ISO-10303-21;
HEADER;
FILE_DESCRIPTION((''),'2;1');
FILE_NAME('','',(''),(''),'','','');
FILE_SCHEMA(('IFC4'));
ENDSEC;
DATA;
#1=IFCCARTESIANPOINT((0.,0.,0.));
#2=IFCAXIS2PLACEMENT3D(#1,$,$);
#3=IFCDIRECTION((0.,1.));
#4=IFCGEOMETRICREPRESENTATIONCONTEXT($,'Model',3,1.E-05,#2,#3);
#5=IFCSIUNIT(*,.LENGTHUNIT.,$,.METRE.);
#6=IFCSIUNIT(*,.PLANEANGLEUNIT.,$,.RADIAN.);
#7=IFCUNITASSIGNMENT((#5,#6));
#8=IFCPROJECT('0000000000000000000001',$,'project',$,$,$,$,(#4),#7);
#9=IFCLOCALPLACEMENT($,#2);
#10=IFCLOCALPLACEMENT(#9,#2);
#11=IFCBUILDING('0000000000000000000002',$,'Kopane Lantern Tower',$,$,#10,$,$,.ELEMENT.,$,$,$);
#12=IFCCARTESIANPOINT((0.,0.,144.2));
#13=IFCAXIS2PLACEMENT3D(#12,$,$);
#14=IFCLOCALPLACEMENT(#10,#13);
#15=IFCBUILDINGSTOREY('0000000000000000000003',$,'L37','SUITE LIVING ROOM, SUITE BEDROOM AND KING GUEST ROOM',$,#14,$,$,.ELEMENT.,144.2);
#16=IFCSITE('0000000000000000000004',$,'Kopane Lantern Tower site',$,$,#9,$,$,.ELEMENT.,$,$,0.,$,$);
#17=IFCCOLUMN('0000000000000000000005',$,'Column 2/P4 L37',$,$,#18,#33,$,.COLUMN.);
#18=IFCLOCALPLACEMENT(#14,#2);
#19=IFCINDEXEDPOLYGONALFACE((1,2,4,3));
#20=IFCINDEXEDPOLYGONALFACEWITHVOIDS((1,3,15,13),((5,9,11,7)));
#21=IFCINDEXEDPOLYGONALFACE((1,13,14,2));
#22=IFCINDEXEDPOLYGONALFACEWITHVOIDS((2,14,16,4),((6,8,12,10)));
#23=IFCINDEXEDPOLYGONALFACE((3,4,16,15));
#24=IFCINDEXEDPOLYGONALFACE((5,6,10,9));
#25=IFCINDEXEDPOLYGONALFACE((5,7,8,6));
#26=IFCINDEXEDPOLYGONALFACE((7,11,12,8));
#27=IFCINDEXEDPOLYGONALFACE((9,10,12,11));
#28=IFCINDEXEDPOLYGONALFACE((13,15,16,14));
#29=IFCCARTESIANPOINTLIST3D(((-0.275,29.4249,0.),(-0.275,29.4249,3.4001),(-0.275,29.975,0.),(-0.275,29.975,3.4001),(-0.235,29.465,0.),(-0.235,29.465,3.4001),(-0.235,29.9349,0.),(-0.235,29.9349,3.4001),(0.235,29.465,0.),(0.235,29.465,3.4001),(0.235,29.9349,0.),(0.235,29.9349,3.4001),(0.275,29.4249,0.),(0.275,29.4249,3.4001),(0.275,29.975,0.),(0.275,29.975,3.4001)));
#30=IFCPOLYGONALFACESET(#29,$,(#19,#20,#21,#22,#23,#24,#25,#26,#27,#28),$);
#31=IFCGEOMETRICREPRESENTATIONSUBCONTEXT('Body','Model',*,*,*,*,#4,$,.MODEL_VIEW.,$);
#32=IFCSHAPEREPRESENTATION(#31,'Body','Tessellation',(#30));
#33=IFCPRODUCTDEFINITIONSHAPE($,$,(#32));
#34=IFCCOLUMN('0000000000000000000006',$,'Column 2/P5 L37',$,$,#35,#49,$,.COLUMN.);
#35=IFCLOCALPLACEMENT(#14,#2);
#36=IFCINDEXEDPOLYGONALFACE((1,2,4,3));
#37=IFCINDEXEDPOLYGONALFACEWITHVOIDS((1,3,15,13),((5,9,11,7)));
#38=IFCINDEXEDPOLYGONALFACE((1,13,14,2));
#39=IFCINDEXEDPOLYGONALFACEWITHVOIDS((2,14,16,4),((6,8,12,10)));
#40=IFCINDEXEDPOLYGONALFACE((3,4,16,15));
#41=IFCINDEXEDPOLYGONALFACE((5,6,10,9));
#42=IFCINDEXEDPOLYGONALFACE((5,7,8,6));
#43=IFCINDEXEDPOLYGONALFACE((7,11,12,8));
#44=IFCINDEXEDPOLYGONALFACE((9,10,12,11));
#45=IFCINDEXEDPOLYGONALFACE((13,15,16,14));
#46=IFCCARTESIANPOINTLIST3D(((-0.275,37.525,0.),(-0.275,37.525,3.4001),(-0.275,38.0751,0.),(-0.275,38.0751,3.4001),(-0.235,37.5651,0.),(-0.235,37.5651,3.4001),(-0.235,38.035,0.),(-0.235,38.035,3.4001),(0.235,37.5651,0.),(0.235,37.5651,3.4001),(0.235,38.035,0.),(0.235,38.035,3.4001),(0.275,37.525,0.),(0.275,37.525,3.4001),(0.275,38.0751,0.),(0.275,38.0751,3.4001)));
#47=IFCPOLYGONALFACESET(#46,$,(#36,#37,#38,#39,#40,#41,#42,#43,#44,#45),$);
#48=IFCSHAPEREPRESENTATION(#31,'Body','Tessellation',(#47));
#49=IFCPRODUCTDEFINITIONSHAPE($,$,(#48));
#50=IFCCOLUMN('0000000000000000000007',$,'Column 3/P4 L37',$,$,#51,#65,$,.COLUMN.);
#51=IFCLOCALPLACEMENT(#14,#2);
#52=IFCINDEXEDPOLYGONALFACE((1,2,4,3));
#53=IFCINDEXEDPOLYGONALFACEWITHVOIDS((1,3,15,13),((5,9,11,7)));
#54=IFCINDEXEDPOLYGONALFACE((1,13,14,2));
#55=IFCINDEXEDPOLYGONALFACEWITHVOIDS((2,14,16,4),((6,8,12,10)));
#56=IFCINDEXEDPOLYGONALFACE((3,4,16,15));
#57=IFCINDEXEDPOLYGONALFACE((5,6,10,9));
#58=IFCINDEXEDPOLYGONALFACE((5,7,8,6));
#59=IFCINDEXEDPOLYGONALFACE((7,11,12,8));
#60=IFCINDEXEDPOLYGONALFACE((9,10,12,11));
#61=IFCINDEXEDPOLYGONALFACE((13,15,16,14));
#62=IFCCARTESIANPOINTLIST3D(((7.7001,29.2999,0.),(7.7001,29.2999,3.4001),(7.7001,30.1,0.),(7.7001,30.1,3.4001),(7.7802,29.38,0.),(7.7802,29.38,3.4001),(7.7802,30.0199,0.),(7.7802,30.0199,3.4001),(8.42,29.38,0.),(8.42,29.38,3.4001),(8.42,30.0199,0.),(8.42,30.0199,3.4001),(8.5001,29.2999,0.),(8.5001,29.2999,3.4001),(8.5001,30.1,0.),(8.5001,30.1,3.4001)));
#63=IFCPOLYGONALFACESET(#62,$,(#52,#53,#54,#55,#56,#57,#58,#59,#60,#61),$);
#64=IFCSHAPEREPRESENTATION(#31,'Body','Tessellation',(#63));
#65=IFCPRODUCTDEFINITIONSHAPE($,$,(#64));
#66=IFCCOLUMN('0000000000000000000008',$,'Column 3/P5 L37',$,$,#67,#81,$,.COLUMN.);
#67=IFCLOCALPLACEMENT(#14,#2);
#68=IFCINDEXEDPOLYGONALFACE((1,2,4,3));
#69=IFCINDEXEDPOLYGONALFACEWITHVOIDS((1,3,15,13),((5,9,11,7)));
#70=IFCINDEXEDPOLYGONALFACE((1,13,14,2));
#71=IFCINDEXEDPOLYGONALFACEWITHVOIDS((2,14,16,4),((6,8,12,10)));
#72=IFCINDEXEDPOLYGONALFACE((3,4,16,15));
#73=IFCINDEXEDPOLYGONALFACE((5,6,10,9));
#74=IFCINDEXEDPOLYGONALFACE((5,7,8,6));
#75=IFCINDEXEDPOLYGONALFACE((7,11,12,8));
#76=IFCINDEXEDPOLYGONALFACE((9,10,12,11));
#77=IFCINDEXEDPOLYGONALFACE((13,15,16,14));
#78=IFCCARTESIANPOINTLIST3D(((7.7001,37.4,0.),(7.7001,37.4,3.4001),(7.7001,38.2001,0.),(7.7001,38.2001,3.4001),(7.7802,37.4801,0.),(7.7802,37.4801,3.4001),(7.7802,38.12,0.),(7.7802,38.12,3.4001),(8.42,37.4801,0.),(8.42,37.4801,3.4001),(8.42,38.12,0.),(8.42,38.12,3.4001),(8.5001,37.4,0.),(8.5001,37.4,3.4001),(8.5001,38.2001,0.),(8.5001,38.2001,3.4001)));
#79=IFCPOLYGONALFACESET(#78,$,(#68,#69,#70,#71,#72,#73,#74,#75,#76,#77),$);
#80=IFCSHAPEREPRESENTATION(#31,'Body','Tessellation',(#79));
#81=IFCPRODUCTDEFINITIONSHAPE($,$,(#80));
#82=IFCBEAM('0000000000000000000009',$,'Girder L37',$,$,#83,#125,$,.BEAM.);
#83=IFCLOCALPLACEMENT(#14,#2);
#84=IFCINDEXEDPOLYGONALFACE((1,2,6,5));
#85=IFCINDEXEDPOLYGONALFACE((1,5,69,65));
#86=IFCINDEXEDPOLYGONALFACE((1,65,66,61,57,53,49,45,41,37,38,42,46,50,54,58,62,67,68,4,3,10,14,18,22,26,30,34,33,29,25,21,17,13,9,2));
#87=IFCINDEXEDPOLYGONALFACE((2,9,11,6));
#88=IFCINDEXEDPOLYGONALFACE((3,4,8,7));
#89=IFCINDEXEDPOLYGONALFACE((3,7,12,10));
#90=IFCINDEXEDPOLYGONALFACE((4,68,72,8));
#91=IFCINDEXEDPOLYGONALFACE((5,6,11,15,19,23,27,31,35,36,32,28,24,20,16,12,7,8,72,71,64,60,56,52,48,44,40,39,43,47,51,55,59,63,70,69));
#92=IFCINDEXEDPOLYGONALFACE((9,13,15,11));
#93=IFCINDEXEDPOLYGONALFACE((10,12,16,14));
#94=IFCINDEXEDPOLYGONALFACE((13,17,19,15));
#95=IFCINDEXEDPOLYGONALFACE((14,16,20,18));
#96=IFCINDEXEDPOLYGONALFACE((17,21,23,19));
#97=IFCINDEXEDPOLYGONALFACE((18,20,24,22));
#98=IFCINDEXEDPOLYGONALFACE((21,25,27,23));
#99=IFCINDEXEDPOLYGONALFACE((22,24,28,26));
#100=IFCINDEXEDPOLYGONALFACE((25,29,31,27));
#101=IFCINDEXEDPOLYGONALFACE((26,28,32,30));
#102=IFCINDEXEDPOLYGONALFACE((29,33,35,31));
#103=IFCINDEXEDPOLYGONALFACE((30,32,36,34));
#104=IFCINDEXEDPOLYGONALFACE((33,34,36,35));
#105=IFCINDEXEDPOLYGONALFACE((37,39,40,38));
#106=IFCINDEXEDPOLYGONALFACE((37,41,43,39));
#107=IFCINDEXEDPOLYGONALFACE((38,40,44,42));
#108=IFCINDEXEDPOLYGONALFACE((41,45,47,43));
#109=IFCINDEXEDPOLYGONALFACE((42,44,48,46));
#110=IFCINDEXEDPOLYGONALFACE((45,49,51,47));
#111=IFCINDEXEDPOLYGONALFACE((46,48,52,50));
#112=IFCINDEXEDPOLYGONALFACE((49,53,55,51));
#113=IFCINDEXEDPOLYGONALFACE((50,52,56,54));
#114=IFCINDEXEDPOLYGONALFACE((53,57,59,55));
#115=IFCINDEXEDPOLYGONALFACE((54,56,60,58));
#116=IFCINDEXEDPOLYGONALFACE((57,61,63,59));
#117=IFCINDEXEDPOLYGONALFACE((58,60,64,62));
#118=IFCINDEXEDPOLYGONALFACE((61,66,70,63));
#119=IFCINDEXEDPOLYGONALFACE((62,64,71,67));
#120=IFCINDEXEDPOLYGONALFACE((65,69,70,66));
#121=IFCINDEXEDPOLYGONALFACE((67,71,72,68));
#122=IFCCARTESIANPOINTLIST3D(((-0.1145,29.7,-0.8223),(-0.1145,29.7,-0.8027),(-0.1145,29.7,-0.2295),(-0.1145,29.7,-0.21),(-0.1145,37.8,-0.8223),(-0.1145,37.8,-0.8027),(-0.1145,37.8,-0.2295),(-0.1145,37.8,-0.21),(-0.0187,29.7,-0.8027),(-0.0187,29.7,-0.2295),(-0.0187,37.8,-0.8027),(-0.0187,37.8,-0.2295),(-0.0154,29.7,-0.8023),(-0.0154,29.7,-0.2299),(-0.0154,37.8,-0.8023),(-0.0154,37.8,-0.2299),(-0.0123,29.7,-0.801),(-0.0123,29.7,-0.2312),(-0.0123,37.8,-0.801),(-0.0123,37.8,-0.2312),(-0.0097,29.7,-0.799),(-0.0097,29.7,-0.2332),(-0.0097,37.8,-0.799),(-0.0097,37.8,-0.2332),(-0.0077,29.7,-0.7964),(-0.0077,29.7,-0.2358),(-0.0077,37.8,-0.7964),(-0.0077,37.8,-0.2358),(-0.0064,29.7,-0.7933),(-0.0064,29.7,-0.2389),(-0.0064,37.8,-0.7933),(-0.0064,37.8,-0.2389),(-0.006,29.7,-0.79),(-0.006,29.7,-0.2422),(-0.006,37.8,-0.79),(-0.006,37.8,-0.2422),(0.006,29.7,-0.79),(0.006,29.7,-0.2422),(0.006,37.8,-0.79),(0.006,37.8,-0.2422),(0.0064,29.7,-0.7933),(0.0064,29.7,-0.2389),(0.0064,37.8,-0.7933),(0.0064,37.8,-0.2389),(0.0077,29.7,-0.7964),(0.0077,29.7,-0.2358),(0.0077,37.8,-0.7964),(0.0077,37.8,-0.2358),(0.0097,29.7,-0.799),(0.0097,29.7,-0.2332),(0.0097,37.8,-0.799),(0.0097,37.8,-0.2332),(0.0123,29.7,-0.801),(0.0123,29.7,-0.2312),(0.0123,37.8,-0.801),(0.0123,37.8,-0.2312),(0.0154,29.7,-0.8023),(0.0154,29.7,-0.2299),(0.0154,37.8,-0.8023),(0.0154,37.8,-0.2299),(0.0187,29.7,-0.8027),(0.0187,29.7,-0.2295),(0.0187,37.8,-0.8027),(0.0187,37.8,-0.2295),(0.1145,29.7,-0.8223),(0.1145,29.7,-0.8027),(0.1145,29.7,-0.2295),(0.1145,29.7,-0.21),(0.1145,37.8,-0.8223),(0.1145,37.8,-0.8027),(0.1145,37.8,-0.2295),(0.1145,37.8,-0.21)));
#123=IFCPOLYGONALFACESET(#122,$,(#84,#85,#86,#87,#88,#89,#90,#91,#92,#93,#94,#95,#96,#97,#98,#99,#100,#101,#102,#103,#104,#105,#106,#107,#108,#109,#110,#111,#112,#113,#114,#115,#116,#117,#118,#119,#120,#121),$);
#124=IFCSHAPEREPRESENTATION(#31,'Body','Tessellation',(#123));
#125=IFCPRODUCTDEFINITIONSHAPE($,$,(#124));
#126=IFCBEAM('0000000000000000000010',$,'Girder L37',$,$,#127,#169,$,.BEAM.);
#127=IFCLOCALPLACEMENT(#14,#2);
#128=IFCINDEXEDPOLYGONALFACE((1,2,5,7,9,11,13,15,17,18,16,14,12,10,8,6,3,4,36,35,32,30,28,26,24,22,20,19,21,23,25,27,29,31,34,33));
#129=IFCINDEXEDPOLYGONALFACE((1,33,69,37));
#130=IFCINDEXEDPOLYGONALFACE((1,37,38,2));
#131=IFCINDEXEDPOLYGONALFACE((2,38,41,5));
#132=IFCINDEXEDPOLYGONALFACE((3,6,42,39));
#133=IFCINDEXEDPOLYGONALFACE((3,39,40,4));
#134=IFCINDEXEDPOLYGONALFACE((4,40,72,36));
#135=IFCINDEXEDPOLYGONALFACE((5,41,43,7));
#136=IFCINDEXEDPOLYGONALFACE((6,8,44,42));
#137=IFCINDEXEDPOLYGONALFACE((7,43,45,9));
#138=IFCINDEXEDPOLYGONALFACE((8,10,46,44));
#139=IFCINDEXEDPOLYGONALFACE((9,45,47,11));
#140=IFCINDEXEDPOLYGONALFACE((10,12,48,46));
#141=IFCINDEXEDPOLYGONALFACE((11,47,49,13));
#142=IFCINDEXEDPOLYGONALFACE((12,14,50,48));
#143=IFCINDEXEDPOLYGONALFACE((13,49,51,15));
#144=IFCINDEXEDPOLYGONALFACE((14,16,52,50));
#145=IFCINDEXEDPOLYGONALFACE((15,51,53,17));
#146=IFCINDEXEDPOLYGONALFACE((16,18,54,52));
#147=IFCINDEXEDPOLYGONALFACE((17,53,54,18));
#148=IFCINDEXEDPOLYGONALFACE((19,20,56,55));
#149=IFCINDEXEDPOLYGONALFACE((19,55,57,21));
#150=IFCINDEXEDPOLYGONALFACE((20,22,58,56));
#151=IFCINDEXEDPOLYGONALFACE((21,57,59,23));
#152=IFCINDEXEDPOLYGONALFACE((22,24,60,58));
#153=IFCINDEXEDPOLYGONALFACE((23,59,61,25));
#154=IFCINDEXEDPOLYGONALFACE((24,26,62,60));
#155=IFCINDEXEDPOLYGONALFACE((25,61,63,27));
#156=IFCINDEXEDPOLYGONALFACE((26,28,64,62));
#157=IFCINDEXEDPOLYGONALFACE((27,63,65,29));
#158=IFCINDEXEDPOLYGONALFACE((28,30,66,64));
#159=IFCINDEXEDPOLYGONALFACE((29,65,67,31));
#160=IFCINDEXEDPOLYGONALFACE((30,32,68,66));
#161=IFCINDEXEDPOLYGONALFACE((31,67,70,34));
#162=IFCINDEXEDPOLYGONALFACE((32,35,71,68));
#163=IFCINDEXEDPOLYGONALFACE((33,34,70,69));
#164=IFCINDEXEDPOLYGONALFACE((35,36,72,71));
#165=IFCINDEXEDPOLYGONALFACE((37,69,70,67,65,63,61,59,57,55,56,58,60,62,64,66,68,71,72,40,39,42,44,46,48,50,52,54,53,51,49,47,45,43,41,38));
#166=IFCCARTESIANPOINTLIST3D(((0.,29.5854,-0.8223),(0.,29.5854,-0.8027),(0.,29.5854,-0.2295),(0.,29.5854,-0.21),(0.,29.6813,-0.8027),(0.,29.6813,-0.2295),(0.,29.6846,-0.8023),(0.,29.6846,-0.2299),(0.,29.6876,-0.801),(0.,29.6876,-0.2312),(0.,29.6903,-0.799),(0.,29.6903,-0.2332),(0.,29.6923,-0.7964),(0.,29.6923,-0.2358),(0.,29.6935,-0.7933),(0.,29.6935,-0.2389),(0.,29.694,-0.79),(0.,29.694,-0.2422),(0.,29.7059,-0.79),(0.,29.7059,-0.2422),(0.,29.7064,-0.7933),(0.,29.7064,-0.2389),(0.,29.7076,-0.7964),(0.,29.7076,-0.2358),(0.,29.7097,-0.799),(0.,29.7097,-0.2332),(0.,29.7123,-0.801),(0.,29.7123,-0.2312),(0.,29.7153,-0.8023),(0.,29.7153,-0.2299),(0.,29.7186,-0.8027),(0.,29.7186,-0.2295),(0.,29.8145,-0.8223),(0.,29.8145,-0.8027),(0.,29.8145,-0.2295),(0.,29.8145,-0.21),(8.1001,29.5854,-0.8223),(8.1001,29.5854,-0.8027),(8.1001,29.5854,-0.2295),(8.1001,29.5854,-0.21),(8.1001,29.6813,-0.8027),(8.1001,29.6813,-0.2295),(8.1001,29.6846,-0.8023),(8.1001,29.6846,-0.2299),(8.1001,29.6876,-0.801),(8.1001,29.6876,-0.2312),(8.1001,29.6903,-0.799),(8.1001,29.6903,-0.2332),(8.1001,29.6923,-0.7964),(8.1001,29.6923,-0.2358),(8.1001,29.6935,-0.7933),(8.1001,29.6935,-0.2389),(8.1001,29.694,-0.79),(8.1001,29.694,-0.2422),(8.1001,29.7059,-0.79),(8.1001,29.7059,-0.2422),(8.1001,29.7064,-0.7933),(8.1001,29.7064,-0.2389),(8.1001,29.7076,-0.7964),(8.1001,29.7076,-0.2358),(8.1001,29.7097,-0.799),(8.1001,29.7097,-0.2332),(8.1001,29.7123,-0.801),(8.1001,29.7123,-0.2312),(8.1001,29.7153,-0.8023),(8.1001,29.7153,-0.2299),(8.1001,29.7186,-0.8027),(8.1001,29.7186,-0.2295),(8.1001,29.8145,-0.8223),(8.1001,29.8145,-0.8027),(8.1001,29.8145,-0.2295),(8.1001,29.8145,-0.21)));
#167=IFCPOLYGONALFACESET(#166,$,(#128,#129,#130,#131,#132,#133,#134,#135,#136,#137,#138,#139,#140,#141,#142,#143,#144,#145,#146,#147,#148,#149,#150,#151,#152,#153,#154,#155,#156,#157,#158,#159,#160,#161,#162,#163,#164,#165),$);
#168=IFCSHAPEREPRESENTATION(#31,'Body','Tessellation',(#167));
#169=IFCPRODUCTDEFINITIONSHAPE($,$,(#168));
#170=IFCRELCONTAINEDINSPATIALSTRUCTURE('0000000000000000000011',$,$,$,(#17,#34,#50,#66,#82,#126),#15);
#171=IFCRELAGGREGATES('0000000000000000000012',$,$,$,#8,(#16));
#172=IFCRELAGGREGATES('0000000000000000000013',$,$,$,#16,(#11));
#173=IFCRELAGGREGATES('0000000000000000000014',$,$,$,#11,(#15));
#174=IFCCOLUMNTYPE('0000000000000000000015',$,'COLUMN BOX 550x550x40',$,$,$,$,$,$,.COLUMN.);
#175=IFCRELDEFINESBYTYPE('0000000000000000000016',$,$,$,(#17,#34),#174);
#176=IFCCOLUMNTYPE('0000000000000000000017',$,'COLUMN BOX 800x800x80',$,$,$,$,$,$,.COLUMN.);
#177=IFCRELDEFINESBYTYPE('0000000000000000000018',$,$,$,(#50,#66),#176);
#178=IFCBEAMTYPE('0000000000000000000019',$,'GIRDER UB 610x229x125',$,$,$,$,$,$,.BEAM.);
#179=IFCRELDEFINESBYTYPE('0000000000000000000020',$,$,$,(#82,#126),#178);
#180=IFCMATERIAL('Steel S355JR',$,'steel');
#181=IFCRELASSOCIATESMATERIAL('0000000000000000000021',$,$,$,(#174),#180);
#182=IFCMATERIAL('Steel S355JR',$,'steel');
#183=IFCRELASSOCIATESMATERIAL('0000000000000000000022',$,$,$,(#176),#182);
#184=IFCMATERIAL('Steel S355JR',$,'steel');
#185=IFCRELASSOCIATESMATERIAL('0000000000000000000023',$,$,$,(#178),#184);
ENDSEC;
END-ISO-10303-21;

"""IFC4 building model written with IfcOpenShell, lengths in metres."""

from ifc_helpers import new_model, si_unit, direction, frame, origin, origin_2d, place, context, subcontext, project, spatial, hollow_rectangle, i_section, extrude, material, material_profile, profile_set, type_object, element, save


model = new_model("IFC4")

# Units and contexts
model_context = context("Model", 3, precision=1e-05, world=origin(), true_north=direction((0.0, 1.0)))
body_context = subcontext(model_context, "Body", "Model", "MODEL_VIEW")
ifc_project = project(units=[si_unit("LENGTHUNIT", "METRE"), si_unit("PLANEANGLEUNIT", "RADIAN")], contexts=[model_context])

# Site, building, storey
site_placement = place(None, origin())
site = spatial("IfcSite", under=ifc_project, at=site_placement, Name="Kopane Lantern Tower site", CompositionType="ELEMENT", RefElevation=0.0)
building_placement = place(site_placement, origin())
building = spatial("IfcBuilding", under=site, at=building_placement, Name="Kopane Lantern Tower", CompositionType="ELEMENT")
storey_placement = place(building_placement, frame((0.0, 0.0, 144.2)))
storey = spatial("IfcBuildingStorey", under=building, at=storey_placement, Name="L37", Description="SUITE LIVING ROOM, SUITE BEDROOM AND KING GUEST ROOM", CompositionType="ELEMENT", Elevation=144.2)

# Columns
ifc_material_1 = material(Name="Steel S355JR", Category="steel")
ifc_material_profile_1 = material_profile(ifc_material_1, hollow_rectangle(XDim=0.55, YDim=0.55, WallThickness=0.04, at=origin_2d()), Name="BOX 550x550x40")
ifc_profile_set_1 = profile_set([ifc_material_profile_1], Name="Steel S355JR")
column_type_1 = type_object("IfcColumnType", Name="COLUMN BOX 550x550x40", PredefinedType="COLUMN", material=ifc_profile_set_1)
for number, where, z_axis, x_axis, name in (
    (1, (0.0, 29.7, 0.0), (0.0, 0.0, 1.0), (1.0, 0.0, 0.0), "Column 2/P4 L37"),
    (2, (0.0, 37.8, 0.0), (0.0, 0.0, 1.0), (1.0, 0.0, 0.0), "Column 2/P5 L37"),
):
    element("IfcColumn", number, at=place(storey_placement, frame(where, z_axis=z_axis, x_axis=x_axis)), inside=storey, type_object=column_type_1, Name=name, PredefinedType="COLUMN", context=body_context, shape_type="SweptSolid", body=[
        extrude(hollow_rectangle(XDim=0.55, YDim=0.55, WallThickness=0.04, at=origin_2d()), origin(), (0.0, 0.0, 1.0), 3.4001),
    ])
ifc_material_2 = material(Name="Steel S355JR", Category="steel")
ifc_material_profile_2 = material_profile(ifc_material_2, hollow_rectangle(XDim=0.8, YDim=0.8, WallThickness=0.0801, at=origin_2d()), Name="BOX 800x800x80")
ifc_profile_set_2 = profile_set([ifc_material_profile_2], Name="Steel S355JR")
column_type_2 = type_object("IfcColumnType", Name="COLUMN BOX 800x800x80", PredefinedType="COLUMN", material=ifc_profile_set_2)
for number, where, z_axis, x_axis, name in (
    (3, (8.1001, 29.7, 0.0), (0.0, 0.0, 1.0), (1.0, 0.0, 0.0), "Column 3/P4 L37"),
    (4, (8.1001, 37.8, 0.0), (0.0, 0.0, 1.0), (1.0, 0.0, 0.0), "Column 3/P5 L37"),
):
    element("IfcColumn", number, at=place(storey_placement, frame(where, z_axis=z_axis, x_axis=x_axis)), inside=storey, type_object=column_type_2, Name=name, PredefinedType="COLUMN", context=body_context, shape_type="SweptSolid", body=[
        extrude(hollow_rectangle(XDim=0.8, YDim=0.8, WallThickness=0.0801, at=origin_2d()), origin(), (0.0, 0.0, 1.0), 3.4001),
    ])

# Beams
ifc_material_3 = material(Name="Steel S355JR", Category="steel")
ifc_material_profile_3 = material_profile(ifc_material_3, i_section(OverallWidth=0.229, OverallDepth=0.6123, WebThickness=0.012, FlangeThickness=0.0195, FilletRadius=0.0127, at=origin_2d()), Name="UB 610x229x125")
ifc_profile_set_3 = profile_set([ifc_material_profile_3], Name="Steel S355JR")
beam_type = type_object("IfcBeamType", Name="GIRDER UB 610x229x125", PredefinedType="BEAM", material=ifc_profile_set_3)
for number, where, z_axis, x_axis, name in (
    (5, (0.0, 29.7, -0.5161), (0.0, 1.0, 0.0), (-1.0, 0.0, 0.0), "Girder L37"),
    (6, (0.0, 29.7, -0.5161), (1.0, 0.0, 0.0), (0.0, 1.0, 0.0), "Girder L37"),
):
    element("IfcBeam", number, at=place(storey_placement, frame(where, z_axis=z_axis, x_axis=x_axis)), inside=storey, type_object=beam_type, Name=name, PredefinedType="BEAM", context=body_context, shape_type="SweptSolid", body=[
        extrude(i_section(OverallWidth=0.229, OverallDepth=0.6123, WebThickness=0.012, FlangeThickness=0.0195, FilletRadius=0.0127, at=origin_2d()), origin(), (0.0, 0.0, 1.0), 8.1001),
    ])

save(model, "model.ifc")
